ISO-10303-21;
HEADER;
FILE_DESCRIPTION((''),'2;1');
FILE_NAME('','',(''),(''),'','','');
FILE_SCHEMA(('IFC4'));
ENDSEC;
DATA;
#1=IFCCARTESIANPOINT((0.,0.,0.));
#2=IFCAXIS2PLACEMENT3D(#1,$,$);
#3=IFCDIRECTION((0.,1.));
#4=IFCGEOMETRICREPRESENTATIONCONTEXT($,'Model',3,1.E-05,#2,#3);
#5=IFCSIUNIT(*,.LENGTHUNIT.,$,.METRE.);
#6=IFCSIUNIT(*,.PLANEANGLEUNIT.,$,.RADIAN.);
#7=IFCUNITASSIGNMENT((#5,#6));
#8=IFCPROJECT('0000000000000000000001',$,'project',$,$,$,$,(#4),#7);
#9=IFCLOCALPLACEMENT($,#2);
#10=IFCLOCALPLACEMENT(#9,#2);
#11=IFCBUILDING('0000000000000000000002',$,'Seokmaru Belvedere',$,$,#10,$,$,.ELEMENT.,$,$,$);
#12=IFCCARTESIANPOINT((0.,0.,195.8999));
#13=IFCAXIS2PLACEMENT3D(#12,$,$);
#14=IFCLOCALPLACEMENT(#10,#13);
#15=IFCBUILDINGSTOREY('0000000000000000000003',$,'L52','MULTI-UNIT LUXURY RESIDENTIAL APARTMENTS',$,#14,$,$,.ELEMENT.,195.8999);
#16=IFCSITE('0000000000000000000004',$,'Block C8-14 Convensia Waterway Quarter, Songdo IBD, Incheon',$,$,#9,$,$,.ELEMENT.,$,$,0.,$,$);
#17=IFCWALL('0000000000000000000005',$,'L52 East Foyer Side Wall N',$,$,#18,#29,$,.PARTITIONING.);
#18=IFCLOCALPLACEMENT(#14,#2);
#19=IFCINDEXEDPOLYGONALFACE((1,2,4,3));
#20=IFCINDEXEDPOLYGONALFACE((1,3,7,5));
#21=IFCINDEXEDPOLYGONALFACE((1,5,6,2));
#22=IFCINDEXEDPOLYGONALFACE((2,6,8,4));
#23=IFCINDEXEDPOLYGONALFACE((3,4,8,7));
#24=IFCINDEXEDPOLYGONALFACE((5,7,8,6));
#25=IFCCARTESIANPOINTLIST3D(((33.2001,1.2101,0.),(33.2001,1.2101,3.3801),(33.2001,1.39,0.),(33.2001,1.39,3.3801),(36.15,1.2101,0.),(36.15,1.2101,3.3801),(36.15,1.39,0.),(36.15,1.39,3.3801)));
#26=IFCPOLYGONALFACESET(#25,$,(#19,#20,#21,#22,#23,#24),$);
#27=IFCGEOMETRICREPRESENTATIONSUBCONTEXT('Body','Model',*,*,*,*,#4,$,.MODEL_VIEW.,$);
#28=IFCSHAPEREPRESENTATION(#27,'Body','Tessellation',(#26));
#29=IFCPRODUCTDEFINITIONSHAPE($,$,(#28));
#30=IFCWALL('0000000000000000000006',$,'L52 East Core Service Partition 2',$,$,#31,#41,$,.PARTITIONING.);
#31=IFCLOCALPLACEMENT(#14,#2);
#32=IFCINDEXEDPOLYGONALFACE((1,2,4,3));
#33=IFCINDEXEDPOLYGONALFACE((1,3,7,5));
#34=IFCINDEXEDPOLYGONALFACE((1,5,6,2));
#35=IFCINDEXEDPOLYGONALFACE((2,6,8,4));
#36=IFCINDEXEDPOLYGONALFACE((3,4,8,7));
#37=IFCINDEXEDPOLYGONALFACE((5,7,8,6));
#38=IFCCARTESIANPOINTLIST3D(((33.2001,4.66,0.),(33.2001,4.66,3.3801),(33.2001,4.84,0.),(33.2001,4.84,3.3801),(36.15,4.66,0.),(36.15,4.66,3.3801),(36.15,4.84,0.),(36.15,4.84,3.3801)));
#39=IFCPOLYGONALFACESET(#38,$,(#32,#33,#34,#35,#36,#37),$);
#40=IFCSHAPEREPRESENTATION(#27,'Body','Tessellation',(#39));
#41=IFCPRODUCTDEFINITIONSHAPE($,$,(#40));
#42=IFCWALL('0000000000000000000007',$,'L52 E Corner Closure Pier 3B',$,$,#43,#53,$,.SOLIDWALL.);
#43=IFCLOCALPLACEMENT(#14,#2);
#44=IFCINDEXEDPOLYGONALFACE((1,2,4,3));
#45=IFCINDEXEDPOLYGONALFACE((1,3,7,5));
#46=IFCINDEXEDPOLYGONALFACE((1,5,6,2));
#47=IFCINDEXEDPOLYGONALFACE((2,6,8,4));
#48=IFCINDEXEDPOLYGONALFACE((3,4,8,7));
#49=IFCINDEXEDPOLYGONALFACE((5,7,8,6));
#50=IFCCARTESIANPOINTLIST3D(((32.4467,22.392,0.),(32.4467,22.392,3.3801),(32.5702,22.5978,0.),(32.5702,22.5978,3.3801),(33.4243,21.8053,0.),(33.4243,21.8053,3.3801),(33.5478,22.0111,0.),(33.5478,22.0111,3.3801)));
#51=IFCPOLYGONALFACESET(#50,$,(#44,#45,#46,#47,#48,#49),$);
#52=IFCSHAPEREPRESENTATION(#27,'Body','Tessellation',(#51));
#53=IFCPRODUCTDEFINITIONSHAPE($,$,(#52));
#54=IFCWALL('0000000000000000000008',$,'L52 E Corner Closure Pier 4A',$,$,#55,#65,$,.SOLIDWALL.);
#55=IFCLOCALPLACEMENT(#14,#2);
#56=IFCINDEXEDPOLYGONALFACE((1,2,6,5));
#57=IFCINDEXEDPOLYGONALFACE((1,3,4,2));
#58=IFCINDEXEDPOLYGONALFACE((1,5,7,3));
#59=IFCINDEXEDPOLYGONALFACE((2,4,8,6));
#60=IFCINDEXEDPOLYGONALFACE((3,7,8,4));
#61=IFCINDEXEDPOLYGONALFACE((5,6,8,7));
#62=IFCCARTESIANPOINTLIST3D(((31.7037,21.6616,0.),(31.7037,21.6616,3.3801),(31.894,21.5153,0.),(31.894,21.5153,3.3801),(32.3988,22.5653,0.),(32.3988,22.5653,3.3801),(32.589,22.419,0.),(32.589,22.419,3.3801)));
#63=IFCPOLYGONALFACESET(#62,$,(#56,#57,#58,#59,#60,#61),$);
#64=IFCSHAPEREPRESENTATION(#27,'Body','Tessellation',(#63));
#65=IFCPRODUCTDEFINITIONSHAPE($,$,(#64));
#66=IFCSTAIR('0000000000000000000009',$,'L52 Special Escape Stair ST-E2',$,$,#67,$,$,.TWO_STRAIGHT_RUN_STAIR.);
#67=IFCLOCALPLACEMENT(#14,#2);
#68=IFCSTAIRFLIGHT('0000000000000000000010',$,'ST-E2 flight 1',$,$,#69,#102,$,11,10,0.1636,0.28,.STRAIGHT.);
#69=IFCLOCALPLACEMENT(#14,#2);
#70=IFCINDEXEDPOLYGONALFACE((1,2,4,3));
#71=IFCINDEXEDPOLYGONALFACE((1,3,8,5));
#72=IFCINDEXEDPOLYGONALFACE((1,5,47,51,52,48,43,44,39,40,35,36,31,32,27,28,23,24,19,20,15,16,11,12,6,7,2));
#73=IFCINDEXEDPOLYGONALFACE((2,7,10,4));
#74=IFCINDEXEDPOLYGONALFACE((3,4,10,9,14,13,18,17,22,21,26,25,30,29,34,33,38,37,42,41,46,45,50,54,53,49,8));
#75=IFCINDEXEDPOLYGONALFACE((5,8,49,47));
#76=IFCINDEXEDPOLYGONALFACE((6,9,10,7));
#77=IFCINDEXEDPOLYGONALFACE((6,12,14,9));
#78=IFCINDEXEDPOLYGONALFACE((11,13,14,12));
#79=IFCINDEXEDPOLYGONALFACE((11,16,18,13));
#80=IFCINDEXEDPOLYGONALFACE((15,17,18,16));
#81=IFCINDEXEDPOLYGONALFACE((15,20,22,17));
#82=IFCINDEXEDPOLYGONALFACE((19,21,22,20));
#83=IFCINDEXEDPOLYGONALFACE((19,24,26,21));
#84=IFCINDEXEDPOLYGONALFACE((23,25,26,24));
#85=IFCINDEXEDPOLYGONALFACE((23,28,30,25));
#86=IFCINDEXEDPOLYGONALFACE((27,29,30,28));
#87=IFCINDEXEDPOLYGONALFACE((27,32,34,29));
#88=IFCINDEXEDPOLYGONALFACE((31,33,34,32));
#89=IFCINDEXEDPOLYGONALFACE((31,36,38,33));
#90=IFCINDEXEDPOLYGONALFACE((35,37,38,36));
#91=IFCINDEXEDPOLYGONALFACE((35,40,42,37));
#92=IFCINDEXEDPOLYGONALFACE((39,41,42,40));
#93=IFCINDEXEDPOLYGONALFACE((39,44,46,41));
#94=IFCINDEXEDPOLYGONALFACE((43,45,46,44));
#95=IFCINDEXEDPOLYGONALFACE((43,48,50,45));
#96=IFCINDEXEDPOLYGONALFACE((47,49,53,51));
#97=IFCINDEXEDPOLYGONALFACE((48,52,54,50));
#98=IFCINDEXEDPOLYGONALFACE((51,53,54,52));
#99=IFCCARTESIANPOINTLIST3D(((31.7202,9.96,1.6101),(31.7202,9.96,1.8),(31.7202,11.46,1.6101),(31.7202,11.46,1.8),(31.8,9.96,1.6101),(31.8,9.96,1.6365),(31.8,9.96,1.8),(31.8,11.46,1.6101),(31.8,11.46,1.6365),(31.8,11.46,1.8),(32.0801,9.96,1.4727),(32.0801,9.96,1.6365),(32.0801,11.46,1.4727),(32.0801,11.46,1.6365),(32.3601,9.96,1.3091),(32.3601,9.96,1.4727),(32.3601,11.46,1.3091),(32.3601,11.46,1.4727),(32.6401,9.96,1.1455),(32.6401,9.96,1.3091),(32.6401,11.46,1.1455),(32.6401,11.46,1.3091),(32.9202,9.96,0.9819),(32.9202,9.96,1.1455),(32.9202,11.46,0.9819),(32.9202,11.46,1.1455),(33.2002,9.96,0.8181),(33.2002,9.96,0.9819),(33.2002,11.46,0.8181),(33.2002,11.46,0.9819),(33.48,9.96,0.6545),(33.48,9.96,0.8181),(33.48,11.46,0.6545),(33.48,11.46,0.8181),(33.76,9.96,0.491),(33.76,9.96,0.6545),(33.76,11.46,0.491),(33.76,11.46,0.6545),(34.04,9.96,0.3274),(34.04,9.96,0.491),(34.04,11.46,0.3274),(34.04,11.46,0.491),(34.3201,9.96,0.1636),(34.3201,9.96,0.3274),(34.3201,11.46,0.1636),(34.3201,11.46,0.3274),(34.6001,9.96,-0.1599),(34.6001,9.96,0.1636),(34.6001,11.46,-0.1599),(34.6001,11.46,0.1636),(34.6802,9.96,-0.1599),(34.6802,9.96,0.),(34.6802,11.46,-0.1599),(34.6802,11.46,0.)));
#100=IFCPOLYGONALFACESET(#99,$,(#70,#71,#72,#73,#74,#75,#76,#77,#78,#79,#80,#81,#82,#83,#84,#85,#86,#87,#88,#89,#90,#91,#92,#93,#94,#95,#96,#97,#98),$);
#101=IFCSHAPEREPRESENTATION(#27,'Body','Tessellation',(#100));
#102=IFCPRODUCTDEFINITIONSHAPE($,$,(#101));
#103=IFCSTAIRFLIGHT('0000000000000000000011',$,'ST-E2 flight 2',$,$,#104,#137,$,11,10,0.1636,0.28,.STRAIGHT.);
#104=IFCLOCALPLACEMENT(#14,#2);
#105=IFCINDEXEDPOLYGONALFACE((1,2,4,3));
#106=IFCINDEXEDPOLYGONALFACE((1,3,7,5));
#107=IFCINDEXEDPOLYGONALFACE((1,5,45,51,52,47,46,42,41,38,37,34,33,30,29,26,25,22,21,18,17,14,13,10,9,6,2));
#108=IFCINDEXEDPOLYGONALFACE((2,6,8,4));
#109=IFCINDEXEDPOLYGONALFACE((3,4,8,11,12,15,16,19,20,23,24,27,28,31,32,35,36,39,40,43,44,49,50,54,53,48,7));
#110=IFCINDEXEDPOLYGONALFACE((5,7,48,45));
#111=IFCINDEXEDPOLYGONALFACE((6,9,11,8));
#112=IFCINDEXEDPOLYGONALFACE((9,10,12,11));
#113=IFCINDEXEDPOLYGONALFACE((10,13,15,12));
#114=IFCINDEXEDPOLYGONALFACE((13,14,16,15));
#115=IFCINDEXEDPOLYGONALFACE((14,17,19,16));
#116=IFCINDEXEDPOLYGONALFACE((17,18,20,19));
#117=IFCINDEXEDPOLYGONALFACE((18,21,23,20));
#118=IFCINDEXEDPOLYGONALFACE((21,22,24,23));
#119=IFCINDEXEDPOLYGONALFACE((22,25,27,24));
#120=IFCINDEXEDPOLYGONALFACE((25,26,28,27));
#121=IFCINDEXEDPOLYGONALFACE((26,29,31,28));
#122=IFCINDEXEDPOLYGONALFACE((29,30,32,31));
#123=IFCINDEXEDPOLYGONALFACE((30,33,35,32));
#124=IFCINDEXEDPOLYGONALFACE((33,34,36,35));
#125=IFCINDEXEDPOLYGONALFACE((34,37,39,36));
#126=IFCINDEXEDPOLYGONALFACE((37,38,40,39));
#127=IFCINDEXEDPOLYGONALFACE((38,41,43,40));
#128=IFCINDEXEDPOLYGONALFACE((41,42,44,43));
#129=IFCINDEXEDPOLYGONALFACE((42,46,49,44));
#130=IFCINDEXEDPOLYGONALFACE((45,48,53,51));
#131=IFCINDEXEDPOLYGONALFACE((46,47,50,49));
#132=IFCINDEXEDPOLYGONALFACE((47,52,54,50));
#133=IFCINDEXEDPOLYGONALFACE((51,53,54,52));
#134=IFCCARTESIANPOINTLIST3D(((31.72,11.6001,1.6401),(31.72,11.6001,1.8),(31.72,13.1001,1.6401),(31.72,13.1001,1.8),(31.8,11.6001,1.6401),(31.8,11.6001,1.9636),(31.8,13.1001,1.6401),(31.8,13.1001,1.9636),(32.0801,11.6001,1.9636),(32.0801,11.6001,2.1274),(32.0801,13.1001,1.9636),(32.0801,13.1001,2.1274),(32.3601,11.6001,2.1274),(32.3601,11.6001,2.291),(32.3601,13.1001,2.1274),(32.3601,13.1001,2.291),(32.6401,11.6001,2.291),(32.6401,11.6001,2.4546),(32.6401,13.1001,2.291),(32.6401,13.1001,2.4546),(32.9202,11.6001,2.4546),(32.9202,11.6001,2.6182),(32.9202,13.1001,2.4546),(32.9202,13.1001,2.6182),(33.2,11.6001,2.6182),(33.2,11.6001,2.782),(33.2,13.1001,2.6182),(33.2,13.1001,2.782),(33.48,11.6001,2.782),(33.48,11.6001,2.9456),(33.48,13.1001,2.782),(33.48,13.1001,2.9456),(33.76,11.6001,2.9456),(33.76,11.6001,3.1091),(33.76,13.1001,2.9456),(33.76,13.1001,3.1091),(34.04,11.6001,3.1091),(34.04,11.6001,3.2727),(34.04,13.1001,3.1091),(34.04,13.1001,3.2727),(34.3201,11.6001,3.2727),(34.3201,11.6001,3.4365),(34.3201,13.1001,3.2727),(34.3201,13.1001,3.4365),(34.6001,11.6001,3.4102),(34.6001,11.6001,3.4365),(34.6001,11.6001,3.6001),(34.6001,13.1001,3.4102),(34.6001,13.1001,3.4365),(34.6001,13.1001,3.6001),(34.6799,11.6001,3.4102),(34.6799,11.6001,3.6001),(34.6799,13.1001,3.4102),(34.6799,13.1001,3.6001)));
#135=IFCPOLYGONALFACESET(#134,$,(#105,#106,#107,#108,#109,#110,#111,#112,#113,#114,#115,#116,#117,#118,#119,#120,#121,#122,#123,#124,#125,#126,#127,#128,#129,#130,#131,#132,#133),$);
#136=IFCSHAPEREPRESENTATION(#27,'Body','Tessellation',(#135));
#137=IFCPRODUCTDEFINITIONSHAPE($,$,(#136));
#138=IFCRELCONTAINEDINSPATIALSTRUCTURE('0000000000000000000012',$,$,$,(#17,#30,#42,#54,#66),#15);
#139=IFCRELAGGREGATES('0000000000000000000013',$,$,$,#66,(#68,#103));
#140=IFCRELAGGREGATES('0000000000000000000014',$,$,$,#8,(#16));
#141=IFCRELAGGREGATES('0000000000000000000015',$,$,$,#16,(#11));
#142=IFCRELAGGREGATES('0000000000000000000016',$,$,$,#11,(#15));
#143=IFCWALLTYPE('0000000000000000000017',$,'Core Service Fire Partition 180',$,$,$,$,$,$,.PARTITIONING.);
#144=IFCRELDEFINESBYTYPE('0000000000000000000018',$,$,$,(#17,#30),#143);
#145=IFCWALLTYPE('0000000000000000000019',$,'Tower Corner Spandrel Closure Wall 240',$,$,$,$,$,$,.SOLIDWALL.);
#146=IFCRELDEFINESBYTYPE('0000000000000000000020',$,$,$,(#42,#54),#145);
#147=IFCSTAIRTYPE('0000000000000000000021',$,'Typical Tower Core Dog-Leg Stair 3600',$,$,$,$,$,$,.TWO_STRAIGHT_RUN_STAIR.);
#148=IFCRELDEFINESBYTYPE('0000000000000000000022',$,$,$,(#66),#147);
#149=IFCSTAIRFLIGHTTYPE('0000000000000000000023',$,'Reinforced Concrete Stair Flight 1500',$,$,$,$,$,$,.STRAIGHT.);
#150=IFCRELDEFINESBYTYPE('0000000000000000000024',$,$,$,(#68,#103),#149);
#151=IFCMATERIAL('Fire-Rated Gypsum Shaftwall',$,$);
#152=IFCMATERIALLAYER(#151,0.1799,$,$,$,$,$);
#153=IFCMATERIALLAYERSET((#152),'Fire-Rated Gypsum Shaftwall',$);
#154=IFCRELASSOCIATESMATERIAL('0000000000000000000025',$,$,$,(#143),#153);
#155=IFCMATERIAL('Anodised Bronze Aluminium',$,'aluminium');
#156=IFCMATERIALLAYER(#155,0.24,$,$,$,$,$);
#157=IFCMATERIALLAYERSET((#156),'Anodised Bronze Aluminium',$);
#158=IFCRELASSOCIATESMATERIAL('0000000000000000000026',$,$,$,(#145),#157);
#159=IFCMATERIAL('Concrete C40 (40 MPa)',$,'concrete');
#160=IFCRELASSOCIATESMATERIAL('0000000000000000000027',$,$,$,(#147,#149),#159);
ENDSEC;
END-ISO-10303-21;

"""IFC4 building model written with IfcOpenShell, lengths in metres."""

from ifc_helpers import new_model, si_unit, direction, frame, frame_2d, origin, place, context, subcontext, project, spatial, polyline, rectangle, outline, extrude, material, layer, layer_set, type_object, element, aggregate, save


model = new_model("IFC4")

# Units and contexts
model_context = context("Model", 3, precision=1e-05, world=origin(), true_north=direction((0.0, 1.0)))
body_context = subcontext(model_context, "Body", "Model", "MODEL_VIEW")
ifc_project = project(units=[si_unit("LENGTHUNIT", "METRE"), si_unit("PLANEANGLEUNIT", "RADIAN")], contexts=[model_context])

# Site, building, storey
site_placement = place(None, origin())
site = spatial("IfcSite", under=ifc_project, at=site_placement, Name="Block C8-14 Convensia Waterway Quarter, Songdo IBD, Incheon", CompositionType="ELEMENT", RefElevation=0.0)
building_placement = place(site_placement, origin())
building = spatial("IfcBuilding", under=site, at=building_placement, Name="Seokmaru Belvedere", CompositionType="ELEMENT")
storey_placement = place(building_placement, frame((0.0, 0.0, 195.8999)))
storey = spatial("IfcBuildingStorey", under=building, at=storey_placement, Name="L52", Description="MULTI-UNIT LUXURY RESIDENTIAL APARTMENTS", CompositionType="ELEMENT", Elevation=195.8999)

# Shared definitions
ifc_material_1 = material(Name="Anodised Bronze Aluminium", Category="aluminium")

# Shared definitions
ifc_material_2 = material(Name="Fire-Rated Gypsum Shaftwall")

# Shared definitions
ifc_layer_1 = layer(ifc_material_2, 0.1799)
ifc_layer_set_1 = layer_set([ifc_layer_1], Name="Fire-Rated Gypsum Shaftwall")
wall_type_1 = type_object("IfcWallType", Name="Core Service Fire Partition 180", PredefinedType="PARTITIONING", material=ifc_layer_set_1)

# Walls
for number, where, z_axis, x_axis, name in (
    (1, (33.2, 1.3, 0.0), (0.0, 0.0, 1.0), (1.0, 0.0, 0.0), "L52 East Foyer Side Wall N"),
    (2, (33.2, 4.75, 0.0), (0.0, 0.0, 1.0), (1.0, 0.0, 0.0), "L52 East Core Service Partition 2"),
):
    element("IfcWall", number, at=place(storey_placement, frame(where, z_axis=z_axis, x_axis=x_axis)), inside=storey, type_object=wall_type_1, Name=name, PredefinedType="PARTITIONING", context=body_context, shape_type="SweptSolid", body=[
        extrude(rectangle(XDim=2.95, YDim=0.1799, at=frame_2d((1.4751, 0.0))), origin(), (0.0, 0.0, 1.0), 3.3801),
    ])

# Walls
ifc_layer_2 = layer(ifc_material_1, 0.24)
ifc_layer_set_2 = layer_set([ifc_layer_2], Name="Anodised Bronze Aluminium")
wall_type_2 = type_object("IfcWallType", Name="Tower Corner Spandrel Closure Wall 240", PredefinedType="SOLIDWALL", material=ifc_layer_set_2)
for number, where, z_axis, x_axis, name in (
    (3, (33.4861, 21.9082, 0.0), (0.0, 0.0, 1.0), (-0.857436, 0.51459, 0.0), "L52 E Corner Closure Pier 3B"),
    (4, (32.4939, 22.4922, 0.0), (0.0, 0.0, 1.0), (-0.609618, -0.792696, 0.0), "L52 E Corner Closure Pier 4A"),
):
    element("IfcWall", number, at=place(storey_placement, frame(where, z_axis=z_axis, x_axis=x_axis)), inside=storey, type_object=wall_type_2, Name=name, PredefinedType="SOLIDWALL", context=body_context, shape_type="SweptSolid", body=[
        extrude(rectangle(XDim=1.1401, YDim=0.24, at=frame_2d((0.5701, 0.0))), origin(), (0.0, 0.0, 1.0), 3.3801),
    ])

# Stair, stair flights
ifc_material_3 = material(Name="Concrete C40 (40 MPa)", Category="concrete")
stair_type = type_object("IfcStairType", Name="Typical Tower Core Dog-Leg Stair 3600", PredefinedType="TWO_STRAIGHT_RUN_STAIR", material=ifc_material_3)
stair_placement = place(storey_placement, origin())
stair = element("IfcStair", 5, at=stair_placement, inside=storey, type_object=stair_type, Name="L52 Special Escape Stair ST-E2", PredefinedType="TWO_STRAIGHT_RUN_STAIR")
stair_flight_type = type_object("IfcStairFlightType", Name="Reinforced Concrete Stair Flight 1500", PredefinedType="STRAIGHT", material=ifc_material_3)
stair_flight_1_placement = place(storey_placement, frame((34.6001, 10.71, 0.0), z_axis=(0.0, 0.0, 1.0), x_axis=(-1.0, 0.0, 0.0)))
stair_flight_1 = element("IfcStairFlight", 6, at=stair_flight_1_placement, type_object=stair_flight_type, Name="ST-E2 flight 1", NumberOfRisers=11, NumberOfTreads=10, PredefinedType="STRAIGHT", RiserHeight=0.1636, TreadLength=0.28, context=body_context, shape_type="SweptSolid", body=[
    extrude(outline(polyline([(-0.0801, 0.0), (0.0, 0.1636), (0.28, 0.1636), (0.28, 0.3274), (0.5601, 0.3274), (0.5601, 0.491), (0.8401, 0.491), (0.8401, 0.6545), (1.1201, 0.6545), (1.1201, 0.8181), (1.3999, 0.8181), (1.3999, 0.9819), (1.6799, 0.9819), (1.6799, 1.1455), (1.96, 1.1455), (1.96, 1.3091), (2.24, 1.3091), (2.24, 1.4727), (2.52, 1.4727), (2.52, 1.6365), (2.8, 1.6365), (2.8, 1.8), (2.8799, 1.8), (2.8799, 1.6101), (2.8, 1.6101), (0.0, -0.1599), (-0.0801, -0.1599), (-0.0801, 0.0)])), frame((0.0, 0.75, 0.0), z_axis=(0.0, -1.0, 0.0), x_axis=(1.0, 0.0, 0.0)), (0.0, 0.0, 1.0), 1.5),
])
stair_flight_2_placement = place(storey_placement, frame((31.8, 12.3501, 1.8), z_axis=(0.0, 0.0, 1.0), x_axis=(1.0, 0.0, 0.0)))
stair_flight_2 = element("IfcStairFlight", 7, at=stair_flight_2_placement, type_object=stair_flight_type, Name="ST-E2 flight 2", NumberOfRisers=11, NumberOfTreads=10, PredefinedType="STRAIGHT", RiserHeight=0.1636, TreadLength=0.28, context=body_context, shape_type="SweptSolid", body=[
    extrude(outline(polyline([(-0.0801, 0.0), (0.0, 0.1636), (0.28, 0.1636), (0.28, 0.3274), (0.5601, 0.3274), (0.5601, 0.491), (0.8401, 0.491), (0.8401, 0.6545), (1.1201, 0.6545), (1.1201, 0.8181), (1.3999, 0.8181), (1.3999, 0.9819), (1.6799, 0.9819), (1.6799, 1.1455), (1.96, 1.1455), (1.96, 1.3091), (2.24, 1.3091), (2.24, 1.4727), (2.52, 1.4727), (2.52, 1.6365), (2.8, 1.6365), (2.8, 1.8), (2.8799, 1.8), (2.8799, 1.6101), (2.8, 1.6101), (0.0, -0.1599), (-0.0801, -0.1599), (-0.0801, 0.0)])), frame((0.0, 0.75, 0.0), z_axis=(0.0, -1.0, 0.0), x_axis=(1.0, 0.0, 0.0)), (0.0, 0.0, 1.0), 1.5),
])
aggregate(stair, [stair_flight_1, stair_flight_2])

save(model, "model.ifc")
